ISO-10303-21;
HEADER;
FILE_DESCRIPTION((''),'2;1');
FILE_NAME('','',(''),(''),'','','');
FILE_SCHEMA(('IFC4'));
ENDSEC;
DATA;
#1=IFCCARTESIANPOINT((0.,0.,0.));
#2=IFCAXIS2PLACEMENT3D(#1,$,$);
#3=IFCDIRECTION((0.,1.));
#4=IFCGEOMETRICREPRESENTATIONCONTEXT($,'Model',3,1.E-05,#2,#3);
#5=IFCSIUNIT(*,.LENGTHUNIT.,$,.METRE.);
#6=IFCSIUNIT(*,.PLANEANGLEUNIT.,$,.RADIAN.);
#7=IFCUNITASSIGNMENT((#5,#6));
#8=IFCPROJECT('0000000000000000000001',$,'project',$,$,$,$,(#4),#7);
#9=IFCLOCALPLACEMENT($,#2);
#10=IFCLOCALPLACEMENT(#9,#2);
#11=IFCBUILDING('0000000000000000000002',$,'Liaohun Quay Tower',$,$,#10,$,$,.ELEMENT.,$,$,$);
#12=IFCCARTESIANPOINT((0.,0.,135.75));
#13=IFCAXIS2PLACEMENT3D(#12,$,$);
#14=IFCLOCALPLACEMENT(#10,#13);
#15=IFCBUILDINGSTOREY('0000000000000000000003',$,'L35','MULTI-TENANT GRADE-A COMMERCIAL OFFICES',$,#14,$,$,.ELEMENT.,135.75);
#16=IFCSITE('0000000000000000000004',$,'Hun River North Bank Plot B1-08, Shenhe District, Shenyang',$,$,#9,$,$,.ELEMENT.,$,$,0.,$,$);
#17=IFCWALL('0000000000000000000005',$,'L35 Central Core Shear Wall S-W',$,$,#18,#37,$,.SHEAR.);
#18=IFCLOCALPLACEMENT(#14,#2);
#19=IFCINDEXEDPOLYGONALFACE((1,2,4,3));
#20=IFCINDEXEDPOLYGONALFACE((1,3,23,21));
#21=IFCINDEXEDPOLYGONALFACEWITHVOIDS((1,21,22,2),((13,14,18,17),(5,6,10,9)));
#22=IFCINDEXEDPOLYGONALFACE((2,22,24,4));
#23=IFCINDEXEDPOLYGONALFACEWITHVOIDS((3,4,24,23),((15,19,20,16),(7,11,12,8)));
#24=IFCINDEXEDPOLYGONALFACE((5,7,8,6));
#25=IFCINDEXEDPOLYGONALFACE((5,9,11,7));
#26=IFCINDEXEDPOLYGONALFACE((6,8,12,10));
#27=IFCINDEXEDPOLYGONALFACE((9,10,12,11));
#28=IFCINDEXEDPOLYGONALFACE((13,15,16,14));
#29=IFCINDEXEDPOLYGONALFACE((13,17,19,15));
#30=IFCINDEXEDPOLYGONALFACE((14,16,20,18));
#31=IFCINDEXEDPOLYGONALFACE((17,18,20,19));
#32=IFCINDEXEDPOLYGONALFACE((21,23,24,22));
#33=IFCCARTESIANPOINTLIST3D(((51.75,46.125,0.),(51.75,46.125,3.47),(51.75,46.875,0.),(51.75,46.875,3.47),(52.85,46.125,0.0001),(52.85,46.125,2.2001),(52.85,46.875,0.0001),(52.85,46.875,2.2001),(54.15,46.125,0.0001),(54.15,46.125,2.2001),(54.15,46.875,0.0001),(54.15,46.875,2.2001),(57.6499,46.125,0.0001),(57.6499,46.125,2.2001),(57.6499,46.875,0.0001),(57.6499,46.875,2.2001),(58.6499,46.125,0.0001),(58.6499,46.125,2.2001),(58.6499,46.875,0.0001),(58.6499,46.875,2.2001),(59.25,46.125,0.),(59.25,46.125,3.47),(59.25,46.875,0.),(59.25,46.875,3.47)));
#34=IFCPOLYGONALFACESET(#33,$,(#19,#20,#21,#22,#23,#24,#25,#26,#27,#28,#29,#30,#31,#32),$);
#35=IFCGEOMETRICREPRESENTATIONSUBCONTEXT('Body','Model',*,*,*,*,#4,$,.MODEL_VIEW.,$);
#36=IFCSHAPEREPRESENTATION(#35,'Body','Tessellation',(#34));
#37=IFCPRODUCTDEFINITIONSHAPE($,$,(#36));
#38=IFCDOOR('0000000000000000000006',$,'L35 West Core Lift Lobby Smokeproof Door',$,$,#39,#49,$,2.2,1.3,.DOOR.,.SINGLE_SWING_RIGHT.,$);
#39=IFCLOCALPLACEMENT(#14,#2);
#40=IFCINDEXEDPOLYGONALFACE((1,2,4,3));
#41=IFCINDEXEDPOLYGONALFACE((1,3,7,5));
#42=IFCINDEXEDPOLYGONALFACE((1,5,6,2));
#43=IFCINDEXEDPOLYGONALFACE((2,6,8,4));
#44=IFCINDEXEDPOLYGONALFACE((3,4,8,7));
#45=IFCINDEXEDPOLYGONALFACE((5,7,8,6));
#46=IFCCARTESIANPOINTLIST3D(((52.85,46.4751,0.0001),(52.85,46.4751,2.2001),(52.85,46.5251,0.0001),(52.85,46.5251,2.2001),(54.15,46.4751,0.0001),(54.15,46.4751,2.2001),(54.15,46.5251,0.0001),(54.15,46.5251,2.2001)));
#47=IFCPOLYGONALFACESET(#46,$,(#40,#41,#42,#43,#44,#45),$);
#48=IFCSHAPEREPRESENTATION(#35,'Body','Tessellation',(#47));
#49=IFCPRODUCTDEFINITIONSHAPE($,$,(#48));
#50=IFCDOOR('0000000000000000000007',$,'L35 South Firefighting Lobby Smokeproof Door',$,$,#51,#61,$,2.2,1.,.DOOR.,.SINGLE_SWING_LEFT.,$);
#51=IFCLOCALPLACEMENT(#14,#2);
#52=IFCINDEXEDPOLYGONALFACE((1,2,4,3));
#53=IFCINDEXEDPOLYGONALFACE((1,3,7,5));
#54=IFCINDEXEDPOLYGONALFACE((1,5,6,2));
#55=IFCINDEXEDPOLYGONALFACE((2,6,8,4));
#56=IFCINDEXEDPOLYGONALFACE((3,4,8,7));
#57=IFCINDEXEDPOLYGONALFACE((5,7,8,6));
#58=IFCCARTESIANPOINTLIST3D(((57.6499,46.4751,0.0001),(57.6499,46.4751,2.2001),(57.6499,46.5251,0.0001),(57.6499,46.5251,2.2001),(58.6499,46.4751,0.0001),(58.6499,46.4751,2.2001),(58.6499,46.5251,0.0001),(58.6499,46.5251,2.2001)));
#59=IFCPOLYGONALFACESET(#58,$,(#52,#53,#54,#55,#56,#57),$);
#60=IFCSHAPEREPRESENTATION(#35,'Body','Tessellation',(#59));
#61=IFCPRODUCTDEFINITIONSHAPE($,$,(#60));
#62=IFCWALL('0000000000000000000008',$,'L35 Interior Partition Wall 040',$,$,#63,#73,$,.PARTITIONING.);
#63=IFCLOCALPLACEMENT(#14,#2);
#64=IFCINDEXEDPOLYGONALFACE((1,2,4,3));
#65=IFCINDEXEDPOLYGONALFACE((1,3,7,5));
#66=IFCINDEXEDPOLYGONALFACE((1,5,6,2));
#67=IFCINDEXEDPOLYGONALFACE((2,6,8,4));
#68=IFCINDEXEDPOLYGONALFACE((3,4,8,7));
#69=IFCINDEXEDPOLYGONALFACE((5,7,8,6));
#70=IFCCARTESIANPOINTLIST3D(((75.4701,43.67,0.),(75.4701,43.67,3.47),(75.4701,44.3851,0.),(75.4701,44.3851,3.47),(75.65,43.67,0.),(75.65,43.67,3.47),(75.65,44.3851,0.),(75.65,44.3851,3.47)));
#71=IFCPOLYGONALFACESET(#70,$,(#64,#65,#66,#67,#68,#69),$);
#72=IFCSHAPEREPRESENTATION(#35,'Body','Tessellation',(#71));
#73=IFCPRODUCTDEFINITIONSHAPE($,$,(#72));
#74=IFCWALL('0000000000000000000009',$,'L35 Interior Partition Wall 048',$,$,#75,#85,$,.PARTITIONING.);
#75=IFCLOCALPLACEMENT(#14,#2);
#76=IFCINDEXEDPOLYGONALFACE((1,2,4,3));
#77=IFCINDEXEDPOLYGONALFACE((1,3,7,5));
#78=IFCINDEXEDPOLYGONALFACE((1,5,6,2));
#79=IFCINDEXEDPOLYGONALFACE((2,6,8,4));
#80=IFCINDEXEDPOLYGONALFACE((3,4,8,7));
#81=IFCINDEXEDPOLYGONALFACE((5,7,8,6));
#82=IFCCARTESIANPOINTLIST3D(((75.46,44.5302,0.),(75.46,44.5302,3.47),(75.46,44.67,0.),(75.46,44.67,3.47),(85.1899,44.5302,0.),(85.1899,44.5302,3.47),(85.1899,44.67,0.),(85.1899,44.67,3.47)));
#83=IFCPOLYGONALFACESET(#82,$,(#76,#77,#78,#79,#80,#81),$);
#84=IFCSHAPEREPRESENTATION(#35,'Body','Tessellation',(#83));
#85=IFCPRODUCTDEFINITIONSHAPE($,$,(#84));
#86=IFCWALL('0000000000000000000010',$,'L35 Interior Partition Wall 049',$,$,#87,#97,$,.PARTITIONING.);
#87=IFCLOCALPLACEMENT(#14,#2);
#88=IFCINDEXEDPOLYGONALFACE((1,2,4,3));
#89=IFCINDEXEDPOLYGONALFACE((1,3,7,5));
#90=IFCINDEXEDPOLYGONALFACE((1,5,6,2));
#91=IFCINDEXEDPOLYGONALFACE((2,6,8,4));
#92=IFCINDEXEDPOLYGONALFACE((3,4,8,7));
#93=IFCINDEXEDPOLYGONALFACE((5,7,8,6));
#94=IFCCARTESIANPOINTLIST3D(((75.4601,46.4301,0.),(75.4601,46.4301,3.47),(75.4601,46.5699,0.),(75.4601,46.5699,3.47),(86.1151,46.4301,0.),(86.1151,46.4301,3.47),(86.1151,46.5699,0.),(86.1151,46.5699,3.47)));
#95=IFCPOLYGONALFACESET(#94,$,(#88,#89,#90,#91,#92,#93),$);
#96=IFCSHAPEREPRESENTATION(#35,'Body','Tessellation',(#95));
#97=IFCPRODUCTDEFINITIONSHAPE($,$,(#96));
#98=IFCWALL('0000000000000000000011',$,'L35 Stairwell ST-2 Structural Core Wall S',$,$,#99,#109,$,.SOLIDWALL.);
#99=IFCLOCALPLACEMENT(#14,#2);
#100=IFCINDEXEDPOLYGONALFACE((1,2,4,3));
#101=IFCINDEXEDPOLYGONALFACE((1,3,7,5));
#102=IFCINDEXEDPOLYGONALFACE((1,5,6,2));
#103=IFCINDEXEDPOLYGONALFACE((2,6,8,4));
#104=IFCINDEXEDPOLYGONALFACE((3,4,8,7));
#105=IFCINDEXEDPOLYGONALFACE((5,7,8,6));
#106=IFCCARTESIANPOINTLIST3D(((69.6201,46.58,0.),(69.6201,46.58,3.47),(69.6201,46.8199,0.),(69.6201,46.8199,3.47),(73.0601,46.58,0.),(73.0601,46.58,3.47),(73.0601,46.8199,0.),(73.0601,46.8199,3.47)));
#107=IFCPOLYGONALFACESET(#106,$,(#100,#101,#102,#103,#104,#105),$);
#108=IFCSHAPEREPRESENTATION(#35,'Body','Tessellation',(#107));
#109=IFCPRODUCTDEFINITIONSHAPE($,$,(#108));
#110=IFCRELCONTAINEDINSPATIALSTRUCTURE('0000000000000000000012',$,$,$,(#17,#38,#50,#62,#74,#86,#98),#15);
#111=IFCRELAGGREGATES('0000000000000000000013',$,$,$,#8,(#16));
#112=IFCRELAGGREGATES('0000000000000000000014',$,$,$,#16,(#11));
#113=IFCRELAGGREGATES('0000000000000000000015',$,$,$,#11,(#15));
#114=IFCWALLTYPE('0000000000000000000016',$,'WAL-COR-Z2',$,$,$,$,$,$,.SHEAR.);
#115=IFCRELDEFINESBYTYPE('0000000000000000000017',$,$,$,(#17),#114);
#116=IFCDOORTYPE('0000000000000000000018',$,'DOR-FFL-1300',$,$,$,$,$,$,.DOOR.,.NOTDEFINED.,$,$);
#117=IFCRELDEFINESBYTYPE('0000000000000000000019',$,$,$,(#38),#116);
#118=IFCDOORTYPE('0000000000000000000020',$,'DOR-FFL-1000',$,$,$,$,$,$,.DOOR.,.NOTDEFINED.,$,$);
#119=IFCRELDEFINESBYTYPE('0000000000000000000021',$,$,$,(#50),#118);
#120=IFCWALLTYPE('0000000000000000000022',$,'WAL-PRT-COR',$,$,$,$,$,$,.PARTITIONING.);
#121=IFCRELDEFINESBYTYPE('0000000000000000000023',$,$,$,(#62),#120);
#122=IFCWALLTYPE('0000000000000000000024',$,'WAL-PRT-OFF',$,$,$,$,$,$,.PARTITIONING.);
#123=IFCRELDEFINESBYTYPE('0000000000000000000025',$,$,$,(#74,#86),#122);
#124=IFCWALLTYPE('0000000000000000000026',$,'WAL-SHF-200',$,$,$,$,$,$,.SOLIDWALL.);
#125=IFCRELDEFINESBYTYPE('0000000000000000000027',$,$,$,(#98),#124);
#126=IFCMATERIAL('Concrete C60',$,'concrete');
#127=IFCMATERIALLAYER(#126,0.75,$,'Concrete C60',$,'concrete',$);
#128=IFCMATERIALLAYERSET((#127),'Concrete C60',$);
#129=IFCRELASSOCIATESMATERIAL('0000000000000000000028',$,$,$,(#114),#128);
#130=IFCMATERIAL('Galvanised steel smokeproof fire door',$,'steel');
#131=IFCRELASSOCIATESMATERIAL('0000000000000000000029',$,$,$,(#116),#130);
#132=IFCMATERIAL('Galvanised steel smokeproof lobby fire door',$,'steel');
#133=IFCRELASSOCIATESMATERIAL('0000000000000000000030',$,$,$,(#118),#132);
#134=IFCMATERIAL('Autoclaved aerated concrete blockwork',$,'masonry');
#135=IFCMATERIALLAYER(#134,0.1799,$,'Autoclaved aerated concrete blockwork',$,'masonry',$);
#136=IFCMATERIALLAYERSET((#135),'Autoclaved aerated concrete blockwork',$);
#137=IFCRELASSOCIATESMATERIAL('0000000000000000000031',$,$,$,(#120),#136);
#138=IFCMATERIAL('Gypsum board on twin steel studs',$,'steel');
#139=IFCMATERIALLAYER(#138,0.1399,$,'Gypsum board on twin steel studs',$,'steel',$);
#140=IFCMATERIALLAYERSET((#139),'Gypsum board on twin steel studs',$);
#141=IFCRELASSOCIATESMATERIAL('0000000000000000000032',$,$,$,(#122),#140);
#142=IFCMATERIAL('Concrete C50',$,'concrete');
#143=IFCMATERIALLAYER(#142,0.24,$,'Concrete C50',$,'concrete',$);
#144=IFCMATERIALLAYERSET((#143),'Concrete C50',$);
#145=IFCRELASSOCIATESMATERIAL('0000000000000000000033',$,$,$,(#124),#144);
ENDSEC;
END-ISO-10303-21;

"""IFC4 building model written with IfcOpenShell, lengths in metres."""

from ifc_helpers import new_model, si_unit, direction, frame, frame_2d, origin, place, context, subcontext, project, spatial, rectangle, extrude, source, transform, mapped, material, layer, layer_set, type_object, element, fill, save


model = new_model("IFC4")

# Units and contexts
model_context = context("Model", 3, precision=1e-05, world=origin(), true_north=direction((0.0, 1.0)))
body_context = subcontext(model_context, "Body", "Model", "MODEL_VIEW")
ifc_project = project(units=[si_unit("LENGTHUNIT", "METRE"), si_unit("PLANEANGLEUNIT", "RADIAN")], contexts=[model_context])

# Site, building, storey
site_placement = place(None, origin())
site = spatial("IfcSite", under=ifc_project, at=site_placement, Name="Hun River North Bank Plot B1-08, Shenhe District, Shenyang", CompositionType="ELEMENT", RefElevation=0.0)
building_placement = place(site_placement, origin())
building = spatial("IfcBuilding", under=site, at=building_placement, Name="Liaohun Quay Tower", CompositionType="ELEMENT")
storey_placement = place(building_placement, frame((0.0, 0.0, 135.75)))
storey = spatial("IfcBuildingStorey", under=building, at=storey_placement, Name="L35", Description="MULTI-TENANT GRADE-A COMMERCIAL OFFICES", CompositionType="ELEMENT", Elevation=135.75)

# Shared definitions
ifc_material_1 = material(Name="Concrete C60", Category="concrete")

# Shared definitions
ifc_layer_1 = layer(ifc_material_1, 0.75, Name="Concrete C60", Category="concrete")
ifc_layer_set_1 = layer_set([ifc_layer_1], Name="Concrete C60")
wall_type_1 = type_object("IfcWallType", Name="WAL-COR-Z2", PredefinedType="SHEAR", material=ifc_layer_set_1)
shared_shape_1 = source(origin(), body_context, "Body", "SweptSolid", [
    extrude(rectangle(XDim=1.3, YDim=2.2, at=frame_2d((0.6499, 1.1001))), frame((0.0, 0.385, 0.0), z_axis=(0.0, -1.0, 0.0), x_axis=(1.0, 0.0, 0.0)), (0.0, 0.0, 1.0), 0.77),
])
ifc_material_2 = material(Name="Galvanised steel smokeproof fire door", Category="steel")
door_type_1 = type_object("IfcDoorType", Name="DOR-FFL-1300", OperationType="NOTDEFINED", PredefinedType="DOOR", material=ifc_material_2)
shared_shape_2 = source(origin(), body_context, "Body", "SweptSolid", [
    extrude(rectangle(XDim=1.3, YDim=2.2, at=frame_2d((0.6499, 1.1001))), frame((0.0, 0.0249, 0.0), z_axis=(0.0, -1.0, 0.0), x_axis=(1.0, 0.0, 0.0)), (0.0, 0.0, 1.0), 0.05),
])

# Wall, openings, doors
wall_1_placement = place(storey_placement, frame((59.25, 46.5, 0.0), z_axis=(0.0, 0.0, 1.0), x_axis=(-1.0, 0.0, 0.0)))
wall_1 = element("IfcWall", 1, at=wall_1_placement, inside=storey, type_object=wall_type_1, Name="L35 Central Core Shear Wall S-W", PredefinedType="SHEAR", context=body_context, shape_type="SweptSolid", body=[
    extrude(rectangle(XDim=7.5, YDim=0.75, at=frame_2d((3.75, 0.0))), origin(), (0.0, 0.0, 1.0), 3.47),
])
opening_1_placement = place(wall_1_placement, frame((5.1001, 0.0, 0.0)))
opening_1 = element("IfcOpeningElement", 2, at=opening_1_placement, cuts=wall_1, PredefinedType="OPENING", context=body_context, shape_type="MappedRepresentation", body=[
    mapped(shared_shape_1, transform((0.0, 0.0, 0.0), x_axis=(1.0, 0.0, 0.0), y_axis=(0.0, 1.0, 0.0), z_axis=(0.0, 0.0, 1.0), scale=1.0)),
])
shared_shape_3 = source(origin(), body_context, "Body", "SweptSolid", [
    extrude(rectangle(XDim=1.0, YDim=2.2, at=frame_2d((0.5, 1.1001))), frame((0.0, 0.385, 0.0), z_axis=(0.0, -1.0, 0.0), x_axis=(1.0, 0.0, 0.0)), (0.0, 0.0, 1.0), 0.77),
])
opening_2_placement = place(wall_1_placement, frame((0.6001, 0.0, 0.0)))
opening_2 = element("IfcOpeningElement", 3, at=opening_2_placement, cuts=wall_1, PredefinedType="OPENING", context=body_context, shape_type="MappedRepresentation", body=[
    mapped(shared_shape_3, transform((0.0, 0.0, 0.0), x_axis=(1.0, 0.0, 0.0), y_axis=(0.0, 1.0, 0.0), z_axis=(0.0, 0.0, 1.0), scale=1.0)),
])
door_1_placement = place(opening_1_placement, origin())
door_1 = element("IfcDoor", 4, at=door_1_placement, inside=storey, type_object=door_type_1, Name="L35 West Core Lift Lobby Smokeproof Door", OperationType="SINGLE_SWING_RIGHT", OverallHeight=2.2, OverallWidth=1.3, PredefinedType="DOOR", context=body_context, shape_type="MappedRepresentation", body=[
    mapped(shared_shape_2, transform((0.0, 0.0, 0.0), x_axis=(1.0, 0.0, 0.0), y_axis=(0.0, 1.0, 0.0), z_axis=(0.0, 0.0, 1.0), scale=1.0)),
])
fill(opening_1, door_1)
ifc_material_3 = material(Name="Galvanised steel smokeproof lobby fire door", Category="steel")
door_type_2 = type_object("IfcDoorType", Name="DOR-FFL-1000", OperationType="NOTDEFINED", PredefinedType="DOOR", material=ifc_material_3)
shared_shape_4 = source(origin(), body_context, "Body", "SweptSolid", [
    extrude(rectangle(XDim=1.0, YDim=2.2, at=frame_2d((0.5, 1.1001))), frame((0.0, 0.0249, 0.0), z_axis=(0.0, -1.0, 0.0), x_axis=(1.0, 0.0, 0.0)), (0.0, 0.0, 1.0), 0.05),
])
door_2_placement = place(opening_2_placement, origin())
door_2 = element("IfcDoor", 5, at=door_2_placement, inside=storey, type_object=door_type_2, Name="L35 South Firefighting Lobby Smokeproof Door", OperationType="SINGLE_SWING_LEFT", OverallHeight=2.2, OverallWidth=1.0, PredefinedType="DOOR", context=body_context, shape_type="MappedRepresentation", body=[
    mapped(shared_shape_4, transform((0.0, 0.0, 0.0), x_axis=(1.0, 0.0, 0.0), y_axis=(0.0, 1.0, 0.0), z_axis=(0.0, 0.0, 1.0), scale=1.0)),
])
fill(opening_2, door_2)

# Walls
ifc_material_4 = material(Name="Autoclaved aerated concrete blockwork", Category="masonry")
ifc_layer_2 = layer(ifc_material_4, 0.1799, Name="Autoclaved aerated concrete blockwork", Category="masonry")
ifc_layer_set_2 = layer_set([ifc_layer_2], Name="Autoclaved aerated concrete blockwork")
wall_type_2 = type_object("IfcWallType", Name="WAL-PRT-COR", PredefinedType="PARTITIONING", material=ifc_layer_set_2)
wall_2_placement = place(storey_placement, frame((75.5601, 44.385, 0.0), z_axis=(0.0, 0.0, 1.0), x_axis=(0.0, -1.0, 0.0)))
element("IfcWall", 6, at=wall_2_placement, inside=storey, type_object=wall_type_2, Name="L35 Interior Partition Wall 040", PredefinedType="PARTITIONING", context=body_context, shape_type="SweptSolid", body=[
    extrude(rectangle(XDim=0.7151, YDim=0.1799, at=frame_2d((0.3574, 0.0))), origin(), (0.0, 0.0, 1.0), 3.47),
])
ifc_material_5 = material(Name="Gypsum board on twin steel studs", Category="steel")
ifc_layer_3 = layer(ifc_material_5, 0.1399, Name="Gypsum board on twin steel studs", Category="steel")
ifc_layer_set_3 = layer_set([ifc_layer_3], Name="Gypsum board on twin steel studs")
wall_type_3 = type_object("IfcWallType", Name="WAL-PRT-OFF", PredefinedType="PARTITIONING", material=ifc_layer_set_3)
wall_3_placement = place(storey_placement, frame((75.46, 44.6001, 0.0), z_axis=(0.0, 0.0, 1.0), x_axis=(1.0, 0.0, 0.0)))
element("IfcWall", 7, at=wall_3_placement, inside=storey, type_object=wall_type_3, Name="L35 Interior Partition Wall 048", PredefinedType="PARTITIONING", context=body_context, shape_type="SweptSolid", body=[
    extrude(rectangle(XDim=9.73, YDim=0.1399, at=frame_2d((4.865, 0.0))), origin(), (0.0, 0.0, 1.0), 3.47),
])
wall_4_placement = place(storey_placement, frame((75.46, 46.5, 0.0), z_axis=(0.0, 0.0, 1.0), x_axis=(1.0, 0.0, 0.0)))
element("IfcWall", 8, at=wall_4_placement, inside=storey, type_object=wall_type_3, Name="L35 Interior Partition Wall 049", PredefinedType="PARTITIONING", context=body_context, shape_type="SweptSolid", body=[
    extrude(rectangle(XDim=10.655, YDim=0.1399, at=frame_2d((5.3276, 0.0))), origin(), (0.0, 0.0, 1.0), 3.47),
])
ifc_material_6 = material(Name="Concrete C50", Category="concrete")
ifc_layer_4 = layer(ifc_material_6, 0.24, Name="Concrete C50", Category="concrete")
ifc_layer_set_4 = layer_set([ifc_layer_4], Name="Concrete C50")
wall_type_4 = type_object("IfcWallType", Name="WAL-SHF-200", PredefinedType="SOLIDWALL", material=ifc_layer_set_4)
wall_5_placement = place(storey_placement, frame((69.6201, 46.7, 0.0), z_axis=(0.0, 0.0, 1.0), x_axis=(1.0, 0.0, 0.0)))
element("IfcWall", 9, at=wall_5_placement, inside=storey, type_object=wall_type_4, Name="L35 Stairwell ST-2 Structural Core Wall S", PredefinedType="SOLIDWALL", context=body_context, shape_type="SweptSolid", body=[
    extrude(rectangle(XDim=3.4399, YDim=0.24, at=frame_2d((1.72, 0.0))), origin(), (0.0, 0.0, 1.0), 3.47),
])

save(model, "model.ifc")
